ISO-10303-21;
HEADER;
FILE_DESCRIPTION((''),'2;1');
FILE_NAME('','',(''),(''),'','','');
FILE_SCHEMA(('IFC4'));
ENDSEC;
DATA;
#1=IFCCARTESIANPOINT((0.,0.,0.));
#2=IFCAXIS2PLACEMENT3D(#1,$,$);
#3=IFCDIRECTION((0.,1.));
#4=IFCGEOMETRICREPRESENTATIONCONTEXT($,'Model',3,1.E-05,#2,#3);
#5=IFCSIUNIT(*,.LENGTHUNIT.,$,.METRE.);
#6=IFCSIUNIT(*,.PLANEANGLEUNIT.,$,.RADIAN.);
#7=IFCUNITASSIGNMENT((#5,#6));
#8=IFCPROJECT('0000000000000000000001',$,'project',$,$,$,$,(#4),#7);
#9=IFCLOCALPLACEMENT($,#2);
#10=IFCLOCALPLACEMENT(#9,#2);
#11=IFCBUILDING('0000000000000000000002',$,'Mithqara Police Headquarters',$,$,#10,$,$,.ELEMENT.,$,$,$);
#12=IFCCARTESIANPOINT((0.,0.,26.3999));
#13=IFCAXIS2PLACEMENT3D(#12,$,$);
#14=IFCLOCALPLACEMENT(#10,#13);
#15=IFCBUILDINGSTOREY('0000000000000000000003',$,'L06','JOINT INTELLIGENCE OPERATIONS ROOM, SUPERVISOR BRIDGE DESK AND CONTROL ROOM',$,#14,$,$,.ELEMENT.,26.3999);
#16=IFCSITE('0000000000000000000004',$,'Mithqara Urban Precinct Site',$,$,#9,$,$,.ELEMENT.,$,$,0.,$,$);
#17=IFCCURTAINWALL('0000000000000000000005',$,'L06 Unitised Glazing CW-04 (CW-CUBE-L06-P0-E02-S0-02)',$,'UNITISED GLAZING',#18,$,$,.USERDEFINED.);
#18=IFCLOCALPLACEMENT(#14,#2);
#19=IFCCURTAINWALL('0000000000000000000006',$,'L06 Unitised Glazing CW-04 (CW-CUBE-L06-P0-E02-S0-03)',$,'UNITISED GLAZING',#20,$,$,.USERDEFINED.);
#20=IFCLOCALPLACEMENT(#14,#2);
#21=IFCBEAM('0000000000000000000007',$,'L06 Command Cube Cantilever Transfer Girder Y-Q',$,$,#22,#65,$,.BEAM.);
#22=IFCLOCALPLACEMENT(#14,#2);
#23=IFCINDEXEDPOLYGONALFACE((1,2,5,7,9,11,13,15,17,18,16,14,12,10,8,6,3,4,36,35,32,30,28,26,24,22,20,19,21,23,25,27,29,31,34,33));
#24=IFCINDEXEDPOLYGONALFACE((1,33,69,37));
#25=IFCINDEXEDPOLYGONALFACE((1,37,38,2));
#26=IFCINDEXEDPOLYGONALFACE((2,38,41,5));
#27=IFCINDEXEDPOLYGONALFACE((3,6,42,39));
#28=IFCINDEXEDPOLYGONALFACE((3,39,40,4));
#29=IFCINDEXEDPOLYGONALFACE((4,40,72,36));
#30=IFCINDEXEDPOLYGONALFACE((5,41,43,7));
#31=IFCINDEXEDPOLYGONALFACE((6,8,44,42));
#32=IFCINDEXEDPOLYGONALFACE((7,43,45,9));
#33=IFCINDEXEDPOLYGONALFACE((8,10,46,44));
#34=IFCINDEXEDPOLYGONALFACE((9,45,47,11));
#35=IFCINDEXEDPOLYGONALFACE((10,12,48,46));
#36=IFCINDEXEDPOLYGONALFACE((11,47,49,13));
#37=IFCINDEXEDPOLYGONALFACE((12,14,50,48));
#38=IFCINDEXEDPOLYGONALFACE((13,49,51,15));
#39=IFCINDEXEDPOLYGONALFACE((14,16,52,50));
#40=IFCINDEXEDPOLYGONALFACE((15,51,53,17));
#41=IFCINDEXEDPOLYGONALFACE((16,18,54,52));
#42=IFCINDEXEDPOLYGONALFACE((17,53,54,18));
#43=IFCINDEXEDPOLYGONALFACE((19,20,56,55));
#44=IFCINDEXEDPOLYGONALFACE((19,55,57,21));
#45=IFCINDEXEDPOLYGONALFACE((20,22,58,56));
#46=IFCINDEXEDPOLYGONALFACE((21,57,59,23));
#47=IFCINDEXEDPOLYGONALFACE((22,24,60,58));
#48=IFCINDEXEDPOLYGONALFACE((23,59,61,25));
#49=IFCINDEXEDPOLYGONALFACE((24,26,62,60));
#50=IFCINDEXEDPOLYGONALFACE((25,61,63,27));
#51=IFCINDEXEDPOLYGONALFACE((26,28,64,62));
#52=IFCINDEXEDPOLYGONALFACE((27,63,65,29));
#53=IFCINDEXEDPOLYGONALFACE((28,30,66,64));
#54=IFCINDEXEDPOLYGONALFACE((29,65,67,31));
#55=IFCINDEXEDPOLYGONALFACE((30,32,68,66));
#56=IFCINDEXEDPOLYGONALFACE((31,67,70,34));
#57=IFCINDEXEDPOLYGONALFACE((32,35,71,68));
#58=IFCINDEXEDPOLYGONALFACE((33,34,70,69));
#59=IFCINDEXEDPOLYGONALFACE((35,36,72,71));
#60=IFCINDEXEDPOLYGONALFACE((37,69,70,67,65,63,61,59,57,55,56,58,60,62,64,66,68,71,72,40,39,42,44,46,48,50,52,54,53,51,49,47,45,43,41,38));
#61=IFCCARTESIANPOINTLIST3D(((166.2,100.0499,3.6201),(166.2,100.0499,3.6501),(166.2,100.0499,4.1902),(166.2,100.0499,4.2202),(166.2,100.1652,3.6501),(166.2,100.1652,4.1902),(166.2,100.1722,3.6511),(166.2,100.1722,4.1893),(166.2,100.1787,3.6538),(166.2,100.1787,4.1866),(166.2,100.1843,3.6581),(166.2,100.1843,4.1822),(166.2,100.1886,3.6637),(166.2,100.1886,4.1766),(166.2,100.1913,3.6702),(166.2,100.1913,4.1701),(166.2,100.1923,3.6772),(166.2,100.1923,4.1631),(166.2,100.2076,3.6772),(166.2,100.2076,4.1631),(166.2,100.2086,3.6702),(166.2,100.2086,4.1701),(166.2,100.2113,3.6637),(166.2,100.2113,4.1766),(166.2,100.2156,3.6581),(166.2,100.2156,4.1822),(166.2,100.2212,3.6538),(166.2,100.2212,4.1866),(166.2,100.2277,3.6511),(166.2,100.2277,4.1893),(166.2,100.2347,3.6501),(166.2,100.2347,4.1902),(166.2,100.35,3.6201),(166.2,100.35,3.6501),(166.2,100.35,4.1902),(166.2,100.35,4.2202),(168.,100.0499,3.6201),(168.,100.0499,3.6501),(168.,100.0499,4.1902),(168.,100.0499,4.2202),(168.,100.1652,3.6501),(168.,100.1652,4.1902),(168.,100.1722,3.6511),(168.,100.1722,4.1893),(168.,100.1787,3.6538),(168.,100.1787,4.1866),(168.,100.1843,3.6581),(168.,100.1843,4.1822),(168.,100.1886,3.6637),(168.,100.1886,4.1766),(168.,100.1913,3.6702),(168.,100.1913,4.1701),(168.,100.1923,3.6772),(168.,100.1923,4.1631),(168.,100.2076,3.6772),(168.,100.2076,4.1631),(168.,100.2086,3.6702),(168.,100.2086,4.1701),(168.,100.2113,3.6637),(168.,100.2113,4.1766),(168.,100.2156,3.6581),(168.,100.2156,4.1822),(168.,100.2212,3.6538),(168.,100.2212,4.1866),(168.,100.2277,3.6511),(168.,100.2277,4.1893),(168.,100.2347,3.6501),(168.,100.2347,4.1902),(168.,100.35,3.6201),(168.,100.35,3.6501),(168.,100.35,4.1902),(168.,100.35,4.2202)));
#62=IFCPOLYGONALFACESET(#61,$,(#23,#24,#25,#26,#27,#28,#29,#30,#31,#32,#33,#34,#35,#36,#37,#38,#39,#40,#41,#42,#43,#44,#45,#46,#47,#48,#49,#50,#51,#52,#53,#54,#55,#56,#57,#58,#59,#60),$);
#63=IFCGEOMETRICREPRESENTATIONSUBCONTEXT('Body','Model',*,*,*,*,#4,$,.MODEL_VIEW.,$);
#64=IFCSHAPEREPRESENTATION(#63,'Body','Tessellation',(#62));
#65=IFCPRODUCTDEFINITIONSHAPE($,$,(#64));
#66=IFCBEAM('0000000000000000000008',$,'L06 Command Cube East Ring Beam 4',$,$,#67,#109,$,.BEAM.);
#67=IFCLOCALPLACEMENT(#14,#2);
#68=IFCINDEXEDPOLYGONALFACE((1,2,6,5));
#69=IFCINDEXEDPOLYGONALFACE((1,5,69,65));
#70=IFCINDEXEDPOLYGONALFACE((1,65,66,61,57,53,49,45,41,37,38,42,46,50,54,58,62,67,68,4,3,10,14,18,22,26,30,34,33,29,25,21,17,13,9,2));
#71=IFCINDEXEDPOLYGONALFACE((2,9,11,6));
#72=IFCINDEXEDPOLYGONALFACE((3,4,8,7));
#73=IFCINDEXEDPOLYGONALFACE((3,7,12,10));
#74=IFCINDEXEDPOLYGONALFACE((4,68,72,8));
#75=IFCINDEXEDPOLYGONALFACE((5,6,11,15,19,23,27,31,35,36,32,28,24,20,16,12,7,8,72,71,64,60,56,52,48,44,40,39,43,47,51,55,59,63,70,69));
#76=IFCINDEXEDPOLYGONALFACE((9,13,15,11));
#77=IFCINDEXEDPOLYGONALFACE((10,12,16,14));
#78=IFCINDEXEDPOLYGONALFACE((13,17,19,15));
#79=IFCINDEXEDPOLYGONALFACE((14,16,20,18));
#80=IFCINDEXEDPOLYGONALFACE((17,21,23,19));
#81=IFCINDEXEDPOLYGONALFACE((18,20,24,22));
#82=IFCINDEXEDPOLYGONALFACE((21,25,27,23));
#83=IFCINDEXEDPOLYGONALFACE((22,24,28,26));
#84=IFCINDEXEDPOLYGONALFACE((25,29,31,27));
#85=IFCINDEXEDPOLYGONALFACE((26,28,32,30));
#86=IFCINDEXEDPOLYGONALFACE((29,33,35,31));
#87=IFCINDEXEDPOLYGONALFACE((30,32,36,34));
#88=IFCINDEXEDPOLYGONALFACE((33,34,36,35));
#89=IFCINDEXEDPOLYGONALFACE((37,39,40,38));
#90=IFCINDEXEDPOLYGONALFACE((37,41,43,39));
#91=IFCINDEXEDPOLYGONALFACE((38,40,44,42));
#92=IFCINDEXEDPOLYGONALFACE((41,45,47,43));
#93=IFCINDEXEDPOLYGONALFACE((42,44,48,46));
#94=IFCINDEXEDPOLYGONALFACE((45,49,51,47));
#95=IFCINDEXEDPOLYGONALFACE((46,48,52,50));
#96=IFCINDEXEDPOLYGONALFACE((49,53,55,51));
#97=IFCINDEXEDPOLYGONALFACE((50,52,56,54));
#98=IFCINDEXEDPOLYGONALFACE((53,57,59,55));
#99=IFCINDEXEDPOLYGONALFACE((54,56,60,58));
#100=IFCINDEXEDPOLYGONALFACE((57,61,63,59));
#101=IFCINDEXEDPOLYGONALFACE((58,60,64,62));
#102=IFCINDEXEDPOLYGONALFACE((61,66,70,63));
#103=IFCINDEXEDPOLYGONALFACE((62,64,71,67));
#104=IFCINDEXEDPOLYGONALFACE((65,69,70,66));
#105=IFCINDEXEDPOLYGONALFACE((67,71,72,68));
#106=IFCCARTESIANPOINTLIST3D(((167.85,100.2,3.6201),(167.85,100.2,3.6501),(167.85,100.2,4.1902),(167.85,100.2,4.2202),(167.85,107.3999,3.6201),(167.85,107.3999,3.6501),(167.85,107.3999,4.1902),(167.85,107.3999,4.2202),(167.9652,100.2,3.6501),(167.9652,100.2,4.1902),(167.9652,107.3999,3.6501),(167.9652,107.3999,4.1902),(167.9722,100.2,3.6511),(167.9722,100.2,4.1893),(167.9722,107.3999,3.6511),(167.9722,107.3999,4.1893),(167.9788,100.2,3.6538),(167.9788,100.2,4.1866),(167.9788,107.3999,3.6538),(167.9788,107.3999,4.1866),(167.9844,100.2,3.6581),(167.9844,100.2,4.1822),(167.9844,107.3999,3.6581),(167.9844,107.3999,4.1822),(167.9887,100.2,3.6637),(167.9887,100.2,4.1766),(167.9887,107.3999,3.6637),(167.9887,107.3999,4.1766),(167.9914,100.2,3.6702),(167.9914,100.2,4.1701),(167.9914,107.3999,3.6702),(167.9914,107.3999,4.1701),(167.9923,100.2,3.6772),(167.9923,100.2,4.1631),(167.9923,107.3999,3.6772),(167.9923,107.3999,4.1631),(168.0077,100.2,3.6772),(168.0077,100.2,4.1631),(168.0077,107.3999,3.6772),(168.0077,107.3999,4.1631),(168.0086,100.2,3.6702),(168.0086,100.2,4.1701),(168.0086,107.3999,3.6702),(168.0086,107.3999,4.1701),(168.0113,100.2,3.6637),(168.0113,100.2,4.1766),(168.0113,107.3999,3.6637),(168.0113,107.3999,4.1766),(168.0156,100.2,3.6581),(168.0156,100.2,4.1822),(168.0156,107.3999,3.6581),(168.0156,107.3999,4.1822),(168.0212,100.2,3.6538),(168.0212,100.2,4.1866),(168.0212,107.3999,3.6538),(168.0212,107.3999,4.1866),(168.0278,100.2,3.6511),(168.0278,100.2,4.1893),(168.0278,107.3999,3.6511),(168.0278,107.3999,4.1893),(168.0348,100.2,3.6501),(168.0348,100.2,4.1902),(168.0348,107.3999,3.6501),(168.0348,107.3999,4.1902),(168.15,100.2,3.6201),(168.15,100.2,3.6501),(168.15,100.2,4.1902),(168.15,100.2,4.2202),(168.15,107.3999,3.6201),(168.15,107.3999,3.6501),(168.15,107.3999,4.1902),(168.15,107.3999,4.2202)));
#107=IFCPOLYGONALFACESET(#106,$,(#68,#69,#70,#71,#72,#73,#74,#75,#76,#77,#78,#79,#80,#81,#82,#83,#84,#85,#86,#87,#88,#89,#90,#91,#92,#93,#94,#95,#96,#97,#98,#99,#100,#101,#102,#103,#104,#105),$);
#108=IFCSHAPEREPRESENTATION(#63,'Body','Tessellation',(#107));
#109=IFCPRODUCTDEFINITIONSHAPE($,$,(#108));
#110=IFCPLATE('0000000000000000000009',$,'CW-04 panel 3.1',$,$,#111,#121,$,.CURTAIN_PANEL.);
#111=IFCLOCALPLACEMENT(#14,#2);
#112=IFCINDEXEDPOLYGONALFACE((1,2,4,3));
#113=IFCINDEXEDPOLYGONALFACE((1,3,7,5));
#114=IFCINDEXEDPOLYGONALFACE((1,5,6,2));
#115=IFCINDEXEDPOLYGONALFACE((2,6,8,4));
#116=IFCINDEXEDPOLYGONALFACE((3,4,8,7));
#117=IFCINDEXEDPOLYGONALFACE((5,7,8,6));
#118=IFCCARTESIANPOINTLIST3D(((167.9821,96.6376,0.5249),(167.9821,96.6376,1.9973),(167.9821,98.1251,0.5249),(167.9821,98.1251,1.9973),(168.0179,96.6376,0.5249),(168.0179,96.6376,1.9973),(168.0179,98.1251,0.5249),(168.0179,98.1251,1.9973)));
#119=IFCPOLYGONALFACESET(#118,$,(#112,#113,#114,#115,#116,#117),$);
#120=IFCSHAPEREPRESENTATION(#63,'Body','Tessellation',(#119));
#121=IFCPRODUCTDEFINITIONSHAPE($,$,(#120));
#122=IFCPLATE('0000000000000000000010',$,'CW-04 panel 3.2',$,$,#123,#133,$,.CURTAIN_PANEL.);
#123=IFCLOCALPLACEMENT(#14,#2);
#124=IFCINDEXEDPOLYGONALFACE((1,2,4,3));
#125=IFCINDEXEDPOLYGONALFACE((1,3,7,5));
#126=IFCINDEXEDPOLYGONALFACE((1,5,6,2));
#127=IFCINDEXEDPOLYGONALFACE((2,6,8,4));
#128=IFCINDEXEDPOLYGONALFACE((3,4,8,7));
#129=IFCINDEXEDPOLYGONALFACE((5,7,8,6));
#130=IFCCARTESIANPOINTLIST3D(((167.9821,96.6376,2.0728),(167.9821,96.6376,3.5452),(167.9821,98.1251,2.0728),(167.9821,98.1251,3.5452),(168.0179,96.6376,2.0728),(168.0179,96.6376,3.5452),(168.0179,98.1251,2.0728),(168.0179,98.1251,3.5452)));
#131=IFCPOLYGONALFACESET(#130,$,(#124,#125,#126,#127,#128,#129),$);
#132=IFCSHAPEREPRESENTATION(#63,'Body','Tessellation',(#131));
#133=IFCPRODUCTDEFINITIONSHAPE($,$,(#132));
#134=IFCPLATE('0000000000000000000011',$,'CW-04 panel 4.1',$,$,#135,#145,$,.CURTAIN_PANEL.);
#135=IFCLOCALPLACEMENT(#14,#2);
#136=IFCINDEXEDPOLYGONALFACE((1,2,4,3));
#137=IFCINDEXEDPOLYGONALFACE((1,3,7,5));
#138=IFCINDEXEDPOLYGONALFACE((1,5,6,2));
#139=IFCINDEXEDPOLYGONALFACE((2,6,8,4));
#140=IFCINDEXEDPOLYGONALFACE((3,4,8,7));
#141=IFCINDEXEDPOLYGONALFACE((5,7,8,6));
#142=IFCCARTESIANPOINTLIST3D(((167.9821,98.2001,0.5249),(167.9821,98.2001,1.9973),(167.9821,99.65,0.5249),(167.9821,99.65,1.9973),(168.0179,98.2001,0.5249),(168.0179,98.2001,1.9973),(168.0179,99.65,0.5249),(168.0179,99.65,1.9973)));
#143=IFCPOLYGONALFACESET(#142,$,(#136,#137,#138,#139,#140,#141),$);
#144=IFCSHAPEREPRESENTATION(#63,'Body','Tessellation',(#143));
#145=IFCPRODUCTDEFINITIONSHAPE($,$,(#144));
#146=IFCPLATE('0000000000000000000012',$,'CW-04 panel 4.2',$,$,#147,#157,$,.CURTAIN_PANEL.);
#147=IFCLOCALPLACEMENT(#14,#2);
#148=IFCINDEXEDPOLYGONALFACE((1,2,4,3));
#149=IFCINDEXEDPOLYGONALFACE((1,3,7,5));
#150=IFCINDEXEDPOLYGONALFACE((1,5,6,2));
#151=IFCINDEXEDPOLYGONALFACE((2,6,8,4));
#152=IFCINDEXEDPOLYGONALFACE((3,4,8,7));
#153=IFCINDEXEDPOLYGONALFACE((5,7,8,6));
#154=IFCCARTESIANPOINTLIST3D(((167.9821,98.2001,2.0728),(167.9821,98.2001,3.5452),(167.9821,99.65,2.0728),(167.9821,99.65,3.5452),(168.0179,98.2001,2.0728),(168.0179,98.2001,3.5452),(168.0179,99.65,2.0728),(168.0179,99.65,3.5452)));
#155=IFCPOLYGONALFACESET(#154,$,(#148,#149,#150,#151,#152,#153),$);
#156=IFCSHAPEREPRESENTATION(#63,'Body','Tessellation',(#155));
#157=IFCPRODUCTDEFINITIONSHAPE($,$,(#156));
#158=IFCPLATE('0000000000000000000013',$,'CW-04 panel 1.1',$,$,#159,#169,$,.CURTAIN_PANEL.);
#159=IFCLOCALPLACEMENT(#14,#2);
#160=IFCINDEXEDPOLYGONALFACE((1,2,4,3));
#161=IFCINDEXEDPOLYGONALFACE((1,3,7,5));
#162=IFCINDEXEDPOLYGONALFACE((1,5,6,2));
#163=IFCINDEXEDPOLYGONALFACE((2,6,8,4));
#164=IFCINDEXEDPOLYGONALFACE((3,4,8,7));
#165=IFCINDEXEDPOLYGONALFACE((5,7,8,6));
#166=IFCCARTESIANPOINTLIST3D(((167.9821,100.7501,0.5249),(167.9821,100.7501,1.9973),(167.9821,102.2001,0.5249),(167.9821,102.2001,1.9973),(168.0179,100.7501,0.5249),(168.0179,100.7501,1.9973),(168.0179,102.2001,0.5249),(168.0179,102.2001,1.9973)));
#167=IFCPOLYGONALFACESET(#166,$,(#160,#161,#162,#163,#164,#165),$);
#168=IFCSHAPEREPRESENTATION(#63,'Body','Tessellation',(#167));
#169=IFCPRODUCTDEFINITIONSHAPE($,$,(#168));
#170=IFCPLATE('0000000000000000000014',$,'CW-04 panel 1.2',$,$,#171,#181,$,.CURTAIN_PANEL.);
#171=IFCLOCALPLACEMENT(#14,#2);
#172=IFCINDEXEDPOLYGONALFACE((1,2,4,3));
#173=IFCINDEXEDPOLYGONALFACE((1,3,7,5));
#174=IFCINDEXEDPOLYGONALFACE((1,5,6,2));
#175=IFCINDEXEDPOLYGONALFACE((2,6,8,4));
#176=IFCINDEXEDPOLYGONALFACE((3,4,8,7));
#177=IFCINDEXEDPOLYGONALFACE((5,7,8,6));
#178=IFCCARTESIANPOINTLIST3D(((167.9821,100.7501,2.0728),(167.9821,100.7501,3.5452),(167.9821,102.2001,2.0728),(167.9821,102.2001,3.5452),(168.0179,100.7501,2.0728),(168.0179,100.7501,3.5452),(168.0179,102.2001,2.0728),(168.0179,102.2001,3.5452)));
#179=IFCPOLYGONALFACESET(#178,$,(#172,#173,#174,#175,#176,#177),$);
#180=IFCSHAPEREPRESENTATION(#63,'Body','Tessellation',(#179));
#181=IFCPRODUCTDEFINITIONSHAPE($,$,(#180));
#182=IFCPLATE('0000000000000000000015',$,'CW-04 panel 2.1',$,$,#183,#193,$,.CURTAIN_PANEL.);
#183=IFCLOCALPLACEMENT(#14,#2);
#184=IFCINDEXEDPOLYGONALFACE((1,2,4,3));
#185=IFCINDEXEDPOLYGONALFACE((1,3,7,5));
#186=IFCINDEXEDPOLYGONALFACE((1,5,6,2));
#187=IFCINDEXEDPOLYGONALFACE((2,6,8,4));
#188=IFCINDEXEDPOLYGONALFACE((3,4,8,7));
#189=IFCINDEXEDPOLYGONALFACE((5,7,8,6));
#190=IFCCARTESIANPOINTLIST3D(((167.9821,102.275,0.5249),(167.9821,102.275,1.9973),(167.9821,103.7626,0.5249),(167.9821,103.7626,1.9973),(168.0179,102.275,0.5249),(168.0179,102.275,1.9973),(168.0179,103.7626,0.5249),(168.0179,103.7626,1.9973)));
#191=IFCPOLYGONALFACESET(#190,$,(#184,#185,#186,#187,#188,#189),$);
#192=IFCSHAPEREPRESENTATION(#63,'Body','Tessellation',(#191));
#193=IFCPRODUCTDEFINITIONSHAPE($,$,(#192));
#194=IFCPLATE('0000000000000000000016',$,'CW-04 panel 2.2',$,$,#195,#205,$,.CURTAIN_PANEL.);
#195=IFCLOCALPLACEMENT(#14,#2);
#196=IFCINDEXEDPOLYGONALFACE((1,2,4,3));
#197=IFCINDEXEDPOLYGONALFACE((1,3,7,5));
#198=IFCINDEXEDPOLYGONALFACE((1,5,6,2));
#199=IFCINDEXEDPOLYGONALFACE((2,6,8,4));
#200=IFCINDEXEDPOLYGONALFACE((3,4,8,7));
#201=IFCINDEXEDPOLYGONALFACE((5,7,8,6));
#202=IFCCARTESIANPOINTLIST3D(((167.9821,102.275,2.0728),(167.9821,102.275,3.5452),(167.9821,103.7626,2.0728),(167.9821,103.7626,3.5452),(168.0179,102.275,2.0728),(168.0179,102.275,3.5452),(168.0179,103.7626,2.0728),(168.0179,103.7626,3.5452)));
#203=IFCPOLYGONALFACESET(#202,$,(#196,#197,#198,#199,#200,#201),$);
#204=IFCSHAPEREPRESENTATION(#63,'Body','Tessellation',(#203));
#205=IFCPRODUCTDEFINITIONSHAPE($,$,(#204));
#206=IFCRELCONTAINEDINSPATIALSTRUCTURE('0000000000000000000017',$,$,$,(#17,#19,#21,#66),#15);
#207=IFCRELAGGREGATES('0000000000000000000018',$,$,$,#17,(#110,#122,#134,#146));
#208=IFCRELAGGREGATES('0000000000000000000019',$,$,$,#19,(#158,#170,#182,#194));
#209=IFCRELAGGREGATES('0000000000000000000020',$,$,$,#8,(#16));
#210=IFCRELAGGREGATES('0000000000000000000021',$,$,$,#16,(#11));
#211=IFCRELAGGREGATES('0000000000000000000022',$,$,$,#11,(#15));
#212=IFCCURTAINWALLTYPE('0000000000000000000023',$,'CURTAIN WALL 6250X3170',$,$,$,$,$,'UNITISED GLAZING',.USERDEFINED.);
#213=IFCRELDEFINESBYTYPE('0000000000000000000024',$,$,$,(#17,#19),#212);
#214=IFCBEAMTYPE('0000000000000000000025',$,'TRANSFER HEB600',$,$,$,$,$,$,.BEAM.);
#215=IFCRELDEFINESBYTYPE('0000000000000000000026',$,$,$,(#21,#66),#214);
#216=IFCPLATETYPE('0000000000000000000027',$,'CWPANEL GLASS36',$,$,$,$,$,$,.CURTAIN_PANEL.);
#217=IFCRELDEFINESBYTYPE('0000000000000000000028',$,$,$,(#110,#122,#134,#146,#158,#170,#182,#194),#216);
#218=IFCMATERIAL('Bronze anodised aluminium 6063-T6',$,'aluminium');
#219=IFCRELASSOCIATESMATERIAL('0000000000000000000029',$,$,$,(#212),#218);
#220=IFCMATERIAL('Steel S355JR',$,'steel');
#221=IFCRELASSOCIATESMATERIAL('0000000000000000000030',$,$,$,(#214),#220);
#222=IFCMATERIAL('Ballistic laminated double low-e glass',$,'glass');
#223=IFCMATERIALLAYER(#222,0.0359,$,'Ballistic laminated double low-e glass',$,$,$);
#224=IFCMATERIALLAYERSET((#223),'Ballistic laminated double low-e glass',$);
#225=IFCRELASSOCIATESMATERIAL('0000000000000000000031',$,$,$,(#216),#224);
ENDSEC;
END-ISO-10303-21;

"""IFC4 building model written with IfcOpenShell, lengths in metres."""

from ifc_helpers import new_model, si_unit, direction, frame, origin, origin_2d, place, context, subcontext, project, spatial, rectangle, i_section, extrude, material, layer, layer_set, material_profile, profile_set, type_object, element, aggregate, save


model = new_model("IFC4")

# Units and contexts
model_context = context("Model", 3, precision=1e-05, world=origin(), true_north=direction((0.0, 1.0)))
body_context = subcontext(model_context, "Body", "Model", "MODEL_VIEW")
ifc_project = project(units=[si_unit("LENGTHUNIT", "METRE"), si_unit("PLANEANGLEUNIT", "RADIAN")], contexts=[model_context])

# Site, building, storey
site_placement = place(None, origin())
site = spatial("IfcSite", under=ifc_project, at=site_placement, Name="Mithqara Urban Precinct Site", CompositionType="ELEMENT", RefElevation=0.0)
building_placement = place(site_placement, origin())
building = spatial("IfcBuilding", under=site, at=building_placement, Name="Mithqara Police Headquarters", CompositionType="ELEMENT")
storey_placement = place(building_placement, frame((0.0, 0.0, 26.3999)))
storey = spatial("IfcBuildingStorey", under=building, at=storey_placement, Name="L06", Description="JOINT INTELLIGENCE OPERATIONS ROOM, SUPERVISOR BRIDGE DESK AND CONTROL ROOM", CompositionType="ELEMENT", Elevation=26.3999)

# Shared definitions
ifc_material_1 = material(Name="Steel S355JR", Category="steel")

# Curtain walls
ifc_material_2 = material(Name="Bronze anodised aluminium 6063-T6", Category="aluminium")
curtain_wall_type = type_object("IfcCurtainWallType", Name="CURTAIN WALL 6250X3170", ElementType="UNITISED GLAZING", PredefinedType="USERDEFINED", material=ifc_material_2)
curtain_wall_1_placement = place(storey_placement, origin())
curtain_wall_1 = element("IfcCurtainWall", 1, at=curtain_wall_1_placement, inside=storey, type_object=curtain_wall_type, Name="L06 Unitised Glazing CW-04 (CW-CUBE-L06-P0-E02-S0-02)", ObjectType="UNITISED GLAZING", PredefinedType="USERDEFINED")
curtain_wall_2_placement = place(storey_placement, origin())
curtain_wall_2 = element("IfcCurtainWall", 2, at=curtain_wall_2_placement, inside=storey, type_object=curtain_wall_type, Name="L06 Unitised Glazing CW-04 (CW-CUBE-L06-P0-E02-S0-03)", ObjectType="UNITISED GLAZING", PredefinedType="USERDEFINED")

# Beams
ifc_material_profile_1 = material_profile(ifc_material_1, i_section(OverallWidth=0.3, OverallDepth=0.6001, WebThickness=0.0154, FlangeThickness=0.03, FilletRadius=0.0271, at=origin_2d()), Name="HEB 600")
ifc_profile_set_1 = profile_set([ifc_material_profile_1], Name="Steel S355JR")
beam_type = type_object("IfcBeamType", Name="TRANSFER HEB600", PredefinedType="BEAM", material=ifc_profile_set_1)
beam_1_placement = place(storey_placement, frame((166.2, 100.2, 3.9202), z_axis=(1.0, 0.0, 0.0), x_axis=(0.0, 1.0, 0.0)))
element("IfcBeam", 3, at=beam_1_placement, inside=storey, type_object=beam_type, Name="L06 Command Cube Cantilever Transfer Girder Y-Q", PredefinedType="BEAM", context=body_context, shape_type="SweptSolid", body=[
    extrude(i_section(OverallWidth=0.3, OverallDepth=0.6001, WebThickness=0.0154, FlangeThickness=0.03, FilletRadius=0.0271, at=origin_2d()), origin(), (0.0, 0.0, 1.0), 1.8),
])
beam_2_placement = place(storey_placement, frame((168.0, 100.2, 3.9202), z_axis=(0.0, 1.0, 0.0), x_axis=(-1.0, 0.0, 0.0)))
element("IfcBeam", 4, at=beam_2_placement, inside=storey, type_object=beam_type, Name="L06 Command Cube East Ring Beam 4", PredefinedType="BEAM", context=body_context, shape_type="SweptSolid", body=[
    extrude(i_section(OverallWidth=0.3, OverallDepth=0.6001, WebThickness=0.0154, FlangeThickness=0.03, FilletRadius=0.0271, at=origin_2d()), origin(), (0.0, 0.0, 1.0), 7.2),
])

# Plates
ifc_material_3 = material(Name="Ballistic laminated double low-e glass", Category="glass")
ifc_layer_1 = layer(ifc_material_3, 0.0359, Name="Ballistic laminated double low-e glass")
ifc_layer_set_1 = layer_set([ifc_layer_1], Name="Ballistic laminated double low-e glass")
plate_type = type_object("IfcPlateType", Name="CWPANEL GLASS36", PredefinedType="CURTAIN_PANEL", material=ifc_layer_set_1)
plate_1_placement = place(storey_placement, frame((168.0, 97.3813, 0.5249), z_axis=(0.0, 0.0, 1.0), x_axis=(0.0, 1.0, 0.0)))
plate_1 = element("IfcPlate", 5, at=plate_1_placement, type_object=plate_type, Name="CW-04 panel 3.1", PredefinedType="CURTAIN_PANEL", context=body_context, shape_type="SweptSolid", body=[
    extrude(rectangle(XDim=1.4875, YDim=0.0359, at=origin_2d()), origin(), (0.0, 0.0, 1.0), 1.4724),
])
plate_2_placement = place(storey_placement, frame((168.0, 97.3813, 2.0728), z_axis=(0.0, 0.0, 1.0), x_axis=(0.0, 1.0, 0.0)))
plate_2 = element("IfcPlate", 6, at=plate_2_placement, type_object=plate_type, Name="CW-04 panel 3.2", PredefinedType="CURTAIN_PANEL", context=body_context, shape_type="SweptSolid", body=[
    extrude(rectangle(XDim=1.4875, YDim=0.0359, at=origin_2d()), origin(), (0.0, 0.0, 1.0), 1.4724),
])
plate_3_placement = place(storey_placement, frame((168.0, 98.925, 0.5249), z_axis=(0.0, 0.0, 1.0), x_axis=(0.0, 1.0, 0.0)))
plate_3 = element("IfcPlate", 7, at=plate_3_placement, type_object=plate_type, Name="CW-04 panel 4.1", PredefinedType="CURTAIN_PANEL", context=body_context, shape_type="SweptSolid", body=[
    extrude(rectangle(XDim=1.45, YDim=0.0359, at=origin_2d()), origin(), (0.0, 0.0, 1.0), 1.4724),
])
plate_4_placement = place(storey_placement, frame((168.0, 98.925, 2.0728), z_axis=(0.0, 0.0, 1.0), x_axis=(0.0, 1.0, 0.0)))
plate_4 = element("IfcPlate", 8, at=plate_4_placement, type_object=plate_type, Name="CW-04 panel 4.2", PredefinedType="CURTAIN_PANEL", context=body_context, shape_type="SweptSolid", body=[
    extrude(rectangle(XDim=1.45, YDim=0.0359, at=origin_2d()), origin(), (0.0, 0.0, 1.0), 1.4724),
])
aggregate(curtain_wall_1, [plate_1, plate_2, plate_3, plate_4])
plate_5_placement = place(storey_placement, frame((168.0, 101.4751, 0.5249), z_axis=(0.0, 0.0, 1.0), x_axis=(0.0, 1.0, 0.0)))
plate_5 = element("IfcPlate", 9, at=plate_5_placement, type_object=plate_type, Name="CW-04 panel 1.1", PredefinedType="CURTAIN_PANEL", context=body_context, shape_type="SweptSolid", body=[
    extrude(rectangle(XDim=1.45, YDim=0.0359, at=origin_2d()), origin(), (0.0, 0.0, 1.0), 1.4724),
])
plate_6_placement = place(storey_placement, frame((168.0, 101.4751, 2.0728), z_axis=(0.0, 0.0, 1.0), x_axis=(0.0, 1.0, 0.0)))
plate_6 = element("IfcPlate", 10, at=plate_6_placement, type_object=plate_type, Name="CW-04 panel 1.2", PredefinedType="CURTAIN_PANEL", context=body_context, shape_type="SweptSolid", body=[
    extrude(rectangle(XDim=1.45, YDim=0.0359, at=origin_2d()), origin(), (0.0, 0.0, 1.0), 1.4724),
])
plate_7_placement = place(storey_placement, frame((168.0, 103.0188, 0.5249), z_axis=(0.0, 0.0, 1.0), x_axis=(0.0, 1.0, 0.0)))
plate_7 = element("IfcPlate", 11, at=plate_7_placement, type_object=plate_type, Name="CW-04 panel 2.1", PredefinedType="CURTAIN_PANEL", context=body_context, shape_type="SweptSolid", body=[
    extrude(rectangle(XDim=1.4875, YDim=0.0359, at=origin_2d()), origin(), (0.0, 0.0, 1.0), 1.4724),
])
plate_8_placement = place(storey_placement, frame((168.0, 103.0188, 2.0728), z_axis=(0.0, 0.0, 1.0), x_axis=(0.0, 1.0, 0.0)))
plate_8 = element("IfcPlate", 12, at=plate_8_placement, type_object=plate_type, Name="CW-04 panel 2.2", PredefinedType="CURTAIN_PANEL", context=body_context, shape_type="SweptSolid", body=[
    extrude(rectangle(XDim=1.4875, YDim=0.0359, at=origin_2d()), origin(), (0.0, 0.0, 1.0), 1.4724),
])
aggregate(curtain_wall_2, [plate_5, plate_6, plate_7, plate_8])

save(model, "model.ifc")
